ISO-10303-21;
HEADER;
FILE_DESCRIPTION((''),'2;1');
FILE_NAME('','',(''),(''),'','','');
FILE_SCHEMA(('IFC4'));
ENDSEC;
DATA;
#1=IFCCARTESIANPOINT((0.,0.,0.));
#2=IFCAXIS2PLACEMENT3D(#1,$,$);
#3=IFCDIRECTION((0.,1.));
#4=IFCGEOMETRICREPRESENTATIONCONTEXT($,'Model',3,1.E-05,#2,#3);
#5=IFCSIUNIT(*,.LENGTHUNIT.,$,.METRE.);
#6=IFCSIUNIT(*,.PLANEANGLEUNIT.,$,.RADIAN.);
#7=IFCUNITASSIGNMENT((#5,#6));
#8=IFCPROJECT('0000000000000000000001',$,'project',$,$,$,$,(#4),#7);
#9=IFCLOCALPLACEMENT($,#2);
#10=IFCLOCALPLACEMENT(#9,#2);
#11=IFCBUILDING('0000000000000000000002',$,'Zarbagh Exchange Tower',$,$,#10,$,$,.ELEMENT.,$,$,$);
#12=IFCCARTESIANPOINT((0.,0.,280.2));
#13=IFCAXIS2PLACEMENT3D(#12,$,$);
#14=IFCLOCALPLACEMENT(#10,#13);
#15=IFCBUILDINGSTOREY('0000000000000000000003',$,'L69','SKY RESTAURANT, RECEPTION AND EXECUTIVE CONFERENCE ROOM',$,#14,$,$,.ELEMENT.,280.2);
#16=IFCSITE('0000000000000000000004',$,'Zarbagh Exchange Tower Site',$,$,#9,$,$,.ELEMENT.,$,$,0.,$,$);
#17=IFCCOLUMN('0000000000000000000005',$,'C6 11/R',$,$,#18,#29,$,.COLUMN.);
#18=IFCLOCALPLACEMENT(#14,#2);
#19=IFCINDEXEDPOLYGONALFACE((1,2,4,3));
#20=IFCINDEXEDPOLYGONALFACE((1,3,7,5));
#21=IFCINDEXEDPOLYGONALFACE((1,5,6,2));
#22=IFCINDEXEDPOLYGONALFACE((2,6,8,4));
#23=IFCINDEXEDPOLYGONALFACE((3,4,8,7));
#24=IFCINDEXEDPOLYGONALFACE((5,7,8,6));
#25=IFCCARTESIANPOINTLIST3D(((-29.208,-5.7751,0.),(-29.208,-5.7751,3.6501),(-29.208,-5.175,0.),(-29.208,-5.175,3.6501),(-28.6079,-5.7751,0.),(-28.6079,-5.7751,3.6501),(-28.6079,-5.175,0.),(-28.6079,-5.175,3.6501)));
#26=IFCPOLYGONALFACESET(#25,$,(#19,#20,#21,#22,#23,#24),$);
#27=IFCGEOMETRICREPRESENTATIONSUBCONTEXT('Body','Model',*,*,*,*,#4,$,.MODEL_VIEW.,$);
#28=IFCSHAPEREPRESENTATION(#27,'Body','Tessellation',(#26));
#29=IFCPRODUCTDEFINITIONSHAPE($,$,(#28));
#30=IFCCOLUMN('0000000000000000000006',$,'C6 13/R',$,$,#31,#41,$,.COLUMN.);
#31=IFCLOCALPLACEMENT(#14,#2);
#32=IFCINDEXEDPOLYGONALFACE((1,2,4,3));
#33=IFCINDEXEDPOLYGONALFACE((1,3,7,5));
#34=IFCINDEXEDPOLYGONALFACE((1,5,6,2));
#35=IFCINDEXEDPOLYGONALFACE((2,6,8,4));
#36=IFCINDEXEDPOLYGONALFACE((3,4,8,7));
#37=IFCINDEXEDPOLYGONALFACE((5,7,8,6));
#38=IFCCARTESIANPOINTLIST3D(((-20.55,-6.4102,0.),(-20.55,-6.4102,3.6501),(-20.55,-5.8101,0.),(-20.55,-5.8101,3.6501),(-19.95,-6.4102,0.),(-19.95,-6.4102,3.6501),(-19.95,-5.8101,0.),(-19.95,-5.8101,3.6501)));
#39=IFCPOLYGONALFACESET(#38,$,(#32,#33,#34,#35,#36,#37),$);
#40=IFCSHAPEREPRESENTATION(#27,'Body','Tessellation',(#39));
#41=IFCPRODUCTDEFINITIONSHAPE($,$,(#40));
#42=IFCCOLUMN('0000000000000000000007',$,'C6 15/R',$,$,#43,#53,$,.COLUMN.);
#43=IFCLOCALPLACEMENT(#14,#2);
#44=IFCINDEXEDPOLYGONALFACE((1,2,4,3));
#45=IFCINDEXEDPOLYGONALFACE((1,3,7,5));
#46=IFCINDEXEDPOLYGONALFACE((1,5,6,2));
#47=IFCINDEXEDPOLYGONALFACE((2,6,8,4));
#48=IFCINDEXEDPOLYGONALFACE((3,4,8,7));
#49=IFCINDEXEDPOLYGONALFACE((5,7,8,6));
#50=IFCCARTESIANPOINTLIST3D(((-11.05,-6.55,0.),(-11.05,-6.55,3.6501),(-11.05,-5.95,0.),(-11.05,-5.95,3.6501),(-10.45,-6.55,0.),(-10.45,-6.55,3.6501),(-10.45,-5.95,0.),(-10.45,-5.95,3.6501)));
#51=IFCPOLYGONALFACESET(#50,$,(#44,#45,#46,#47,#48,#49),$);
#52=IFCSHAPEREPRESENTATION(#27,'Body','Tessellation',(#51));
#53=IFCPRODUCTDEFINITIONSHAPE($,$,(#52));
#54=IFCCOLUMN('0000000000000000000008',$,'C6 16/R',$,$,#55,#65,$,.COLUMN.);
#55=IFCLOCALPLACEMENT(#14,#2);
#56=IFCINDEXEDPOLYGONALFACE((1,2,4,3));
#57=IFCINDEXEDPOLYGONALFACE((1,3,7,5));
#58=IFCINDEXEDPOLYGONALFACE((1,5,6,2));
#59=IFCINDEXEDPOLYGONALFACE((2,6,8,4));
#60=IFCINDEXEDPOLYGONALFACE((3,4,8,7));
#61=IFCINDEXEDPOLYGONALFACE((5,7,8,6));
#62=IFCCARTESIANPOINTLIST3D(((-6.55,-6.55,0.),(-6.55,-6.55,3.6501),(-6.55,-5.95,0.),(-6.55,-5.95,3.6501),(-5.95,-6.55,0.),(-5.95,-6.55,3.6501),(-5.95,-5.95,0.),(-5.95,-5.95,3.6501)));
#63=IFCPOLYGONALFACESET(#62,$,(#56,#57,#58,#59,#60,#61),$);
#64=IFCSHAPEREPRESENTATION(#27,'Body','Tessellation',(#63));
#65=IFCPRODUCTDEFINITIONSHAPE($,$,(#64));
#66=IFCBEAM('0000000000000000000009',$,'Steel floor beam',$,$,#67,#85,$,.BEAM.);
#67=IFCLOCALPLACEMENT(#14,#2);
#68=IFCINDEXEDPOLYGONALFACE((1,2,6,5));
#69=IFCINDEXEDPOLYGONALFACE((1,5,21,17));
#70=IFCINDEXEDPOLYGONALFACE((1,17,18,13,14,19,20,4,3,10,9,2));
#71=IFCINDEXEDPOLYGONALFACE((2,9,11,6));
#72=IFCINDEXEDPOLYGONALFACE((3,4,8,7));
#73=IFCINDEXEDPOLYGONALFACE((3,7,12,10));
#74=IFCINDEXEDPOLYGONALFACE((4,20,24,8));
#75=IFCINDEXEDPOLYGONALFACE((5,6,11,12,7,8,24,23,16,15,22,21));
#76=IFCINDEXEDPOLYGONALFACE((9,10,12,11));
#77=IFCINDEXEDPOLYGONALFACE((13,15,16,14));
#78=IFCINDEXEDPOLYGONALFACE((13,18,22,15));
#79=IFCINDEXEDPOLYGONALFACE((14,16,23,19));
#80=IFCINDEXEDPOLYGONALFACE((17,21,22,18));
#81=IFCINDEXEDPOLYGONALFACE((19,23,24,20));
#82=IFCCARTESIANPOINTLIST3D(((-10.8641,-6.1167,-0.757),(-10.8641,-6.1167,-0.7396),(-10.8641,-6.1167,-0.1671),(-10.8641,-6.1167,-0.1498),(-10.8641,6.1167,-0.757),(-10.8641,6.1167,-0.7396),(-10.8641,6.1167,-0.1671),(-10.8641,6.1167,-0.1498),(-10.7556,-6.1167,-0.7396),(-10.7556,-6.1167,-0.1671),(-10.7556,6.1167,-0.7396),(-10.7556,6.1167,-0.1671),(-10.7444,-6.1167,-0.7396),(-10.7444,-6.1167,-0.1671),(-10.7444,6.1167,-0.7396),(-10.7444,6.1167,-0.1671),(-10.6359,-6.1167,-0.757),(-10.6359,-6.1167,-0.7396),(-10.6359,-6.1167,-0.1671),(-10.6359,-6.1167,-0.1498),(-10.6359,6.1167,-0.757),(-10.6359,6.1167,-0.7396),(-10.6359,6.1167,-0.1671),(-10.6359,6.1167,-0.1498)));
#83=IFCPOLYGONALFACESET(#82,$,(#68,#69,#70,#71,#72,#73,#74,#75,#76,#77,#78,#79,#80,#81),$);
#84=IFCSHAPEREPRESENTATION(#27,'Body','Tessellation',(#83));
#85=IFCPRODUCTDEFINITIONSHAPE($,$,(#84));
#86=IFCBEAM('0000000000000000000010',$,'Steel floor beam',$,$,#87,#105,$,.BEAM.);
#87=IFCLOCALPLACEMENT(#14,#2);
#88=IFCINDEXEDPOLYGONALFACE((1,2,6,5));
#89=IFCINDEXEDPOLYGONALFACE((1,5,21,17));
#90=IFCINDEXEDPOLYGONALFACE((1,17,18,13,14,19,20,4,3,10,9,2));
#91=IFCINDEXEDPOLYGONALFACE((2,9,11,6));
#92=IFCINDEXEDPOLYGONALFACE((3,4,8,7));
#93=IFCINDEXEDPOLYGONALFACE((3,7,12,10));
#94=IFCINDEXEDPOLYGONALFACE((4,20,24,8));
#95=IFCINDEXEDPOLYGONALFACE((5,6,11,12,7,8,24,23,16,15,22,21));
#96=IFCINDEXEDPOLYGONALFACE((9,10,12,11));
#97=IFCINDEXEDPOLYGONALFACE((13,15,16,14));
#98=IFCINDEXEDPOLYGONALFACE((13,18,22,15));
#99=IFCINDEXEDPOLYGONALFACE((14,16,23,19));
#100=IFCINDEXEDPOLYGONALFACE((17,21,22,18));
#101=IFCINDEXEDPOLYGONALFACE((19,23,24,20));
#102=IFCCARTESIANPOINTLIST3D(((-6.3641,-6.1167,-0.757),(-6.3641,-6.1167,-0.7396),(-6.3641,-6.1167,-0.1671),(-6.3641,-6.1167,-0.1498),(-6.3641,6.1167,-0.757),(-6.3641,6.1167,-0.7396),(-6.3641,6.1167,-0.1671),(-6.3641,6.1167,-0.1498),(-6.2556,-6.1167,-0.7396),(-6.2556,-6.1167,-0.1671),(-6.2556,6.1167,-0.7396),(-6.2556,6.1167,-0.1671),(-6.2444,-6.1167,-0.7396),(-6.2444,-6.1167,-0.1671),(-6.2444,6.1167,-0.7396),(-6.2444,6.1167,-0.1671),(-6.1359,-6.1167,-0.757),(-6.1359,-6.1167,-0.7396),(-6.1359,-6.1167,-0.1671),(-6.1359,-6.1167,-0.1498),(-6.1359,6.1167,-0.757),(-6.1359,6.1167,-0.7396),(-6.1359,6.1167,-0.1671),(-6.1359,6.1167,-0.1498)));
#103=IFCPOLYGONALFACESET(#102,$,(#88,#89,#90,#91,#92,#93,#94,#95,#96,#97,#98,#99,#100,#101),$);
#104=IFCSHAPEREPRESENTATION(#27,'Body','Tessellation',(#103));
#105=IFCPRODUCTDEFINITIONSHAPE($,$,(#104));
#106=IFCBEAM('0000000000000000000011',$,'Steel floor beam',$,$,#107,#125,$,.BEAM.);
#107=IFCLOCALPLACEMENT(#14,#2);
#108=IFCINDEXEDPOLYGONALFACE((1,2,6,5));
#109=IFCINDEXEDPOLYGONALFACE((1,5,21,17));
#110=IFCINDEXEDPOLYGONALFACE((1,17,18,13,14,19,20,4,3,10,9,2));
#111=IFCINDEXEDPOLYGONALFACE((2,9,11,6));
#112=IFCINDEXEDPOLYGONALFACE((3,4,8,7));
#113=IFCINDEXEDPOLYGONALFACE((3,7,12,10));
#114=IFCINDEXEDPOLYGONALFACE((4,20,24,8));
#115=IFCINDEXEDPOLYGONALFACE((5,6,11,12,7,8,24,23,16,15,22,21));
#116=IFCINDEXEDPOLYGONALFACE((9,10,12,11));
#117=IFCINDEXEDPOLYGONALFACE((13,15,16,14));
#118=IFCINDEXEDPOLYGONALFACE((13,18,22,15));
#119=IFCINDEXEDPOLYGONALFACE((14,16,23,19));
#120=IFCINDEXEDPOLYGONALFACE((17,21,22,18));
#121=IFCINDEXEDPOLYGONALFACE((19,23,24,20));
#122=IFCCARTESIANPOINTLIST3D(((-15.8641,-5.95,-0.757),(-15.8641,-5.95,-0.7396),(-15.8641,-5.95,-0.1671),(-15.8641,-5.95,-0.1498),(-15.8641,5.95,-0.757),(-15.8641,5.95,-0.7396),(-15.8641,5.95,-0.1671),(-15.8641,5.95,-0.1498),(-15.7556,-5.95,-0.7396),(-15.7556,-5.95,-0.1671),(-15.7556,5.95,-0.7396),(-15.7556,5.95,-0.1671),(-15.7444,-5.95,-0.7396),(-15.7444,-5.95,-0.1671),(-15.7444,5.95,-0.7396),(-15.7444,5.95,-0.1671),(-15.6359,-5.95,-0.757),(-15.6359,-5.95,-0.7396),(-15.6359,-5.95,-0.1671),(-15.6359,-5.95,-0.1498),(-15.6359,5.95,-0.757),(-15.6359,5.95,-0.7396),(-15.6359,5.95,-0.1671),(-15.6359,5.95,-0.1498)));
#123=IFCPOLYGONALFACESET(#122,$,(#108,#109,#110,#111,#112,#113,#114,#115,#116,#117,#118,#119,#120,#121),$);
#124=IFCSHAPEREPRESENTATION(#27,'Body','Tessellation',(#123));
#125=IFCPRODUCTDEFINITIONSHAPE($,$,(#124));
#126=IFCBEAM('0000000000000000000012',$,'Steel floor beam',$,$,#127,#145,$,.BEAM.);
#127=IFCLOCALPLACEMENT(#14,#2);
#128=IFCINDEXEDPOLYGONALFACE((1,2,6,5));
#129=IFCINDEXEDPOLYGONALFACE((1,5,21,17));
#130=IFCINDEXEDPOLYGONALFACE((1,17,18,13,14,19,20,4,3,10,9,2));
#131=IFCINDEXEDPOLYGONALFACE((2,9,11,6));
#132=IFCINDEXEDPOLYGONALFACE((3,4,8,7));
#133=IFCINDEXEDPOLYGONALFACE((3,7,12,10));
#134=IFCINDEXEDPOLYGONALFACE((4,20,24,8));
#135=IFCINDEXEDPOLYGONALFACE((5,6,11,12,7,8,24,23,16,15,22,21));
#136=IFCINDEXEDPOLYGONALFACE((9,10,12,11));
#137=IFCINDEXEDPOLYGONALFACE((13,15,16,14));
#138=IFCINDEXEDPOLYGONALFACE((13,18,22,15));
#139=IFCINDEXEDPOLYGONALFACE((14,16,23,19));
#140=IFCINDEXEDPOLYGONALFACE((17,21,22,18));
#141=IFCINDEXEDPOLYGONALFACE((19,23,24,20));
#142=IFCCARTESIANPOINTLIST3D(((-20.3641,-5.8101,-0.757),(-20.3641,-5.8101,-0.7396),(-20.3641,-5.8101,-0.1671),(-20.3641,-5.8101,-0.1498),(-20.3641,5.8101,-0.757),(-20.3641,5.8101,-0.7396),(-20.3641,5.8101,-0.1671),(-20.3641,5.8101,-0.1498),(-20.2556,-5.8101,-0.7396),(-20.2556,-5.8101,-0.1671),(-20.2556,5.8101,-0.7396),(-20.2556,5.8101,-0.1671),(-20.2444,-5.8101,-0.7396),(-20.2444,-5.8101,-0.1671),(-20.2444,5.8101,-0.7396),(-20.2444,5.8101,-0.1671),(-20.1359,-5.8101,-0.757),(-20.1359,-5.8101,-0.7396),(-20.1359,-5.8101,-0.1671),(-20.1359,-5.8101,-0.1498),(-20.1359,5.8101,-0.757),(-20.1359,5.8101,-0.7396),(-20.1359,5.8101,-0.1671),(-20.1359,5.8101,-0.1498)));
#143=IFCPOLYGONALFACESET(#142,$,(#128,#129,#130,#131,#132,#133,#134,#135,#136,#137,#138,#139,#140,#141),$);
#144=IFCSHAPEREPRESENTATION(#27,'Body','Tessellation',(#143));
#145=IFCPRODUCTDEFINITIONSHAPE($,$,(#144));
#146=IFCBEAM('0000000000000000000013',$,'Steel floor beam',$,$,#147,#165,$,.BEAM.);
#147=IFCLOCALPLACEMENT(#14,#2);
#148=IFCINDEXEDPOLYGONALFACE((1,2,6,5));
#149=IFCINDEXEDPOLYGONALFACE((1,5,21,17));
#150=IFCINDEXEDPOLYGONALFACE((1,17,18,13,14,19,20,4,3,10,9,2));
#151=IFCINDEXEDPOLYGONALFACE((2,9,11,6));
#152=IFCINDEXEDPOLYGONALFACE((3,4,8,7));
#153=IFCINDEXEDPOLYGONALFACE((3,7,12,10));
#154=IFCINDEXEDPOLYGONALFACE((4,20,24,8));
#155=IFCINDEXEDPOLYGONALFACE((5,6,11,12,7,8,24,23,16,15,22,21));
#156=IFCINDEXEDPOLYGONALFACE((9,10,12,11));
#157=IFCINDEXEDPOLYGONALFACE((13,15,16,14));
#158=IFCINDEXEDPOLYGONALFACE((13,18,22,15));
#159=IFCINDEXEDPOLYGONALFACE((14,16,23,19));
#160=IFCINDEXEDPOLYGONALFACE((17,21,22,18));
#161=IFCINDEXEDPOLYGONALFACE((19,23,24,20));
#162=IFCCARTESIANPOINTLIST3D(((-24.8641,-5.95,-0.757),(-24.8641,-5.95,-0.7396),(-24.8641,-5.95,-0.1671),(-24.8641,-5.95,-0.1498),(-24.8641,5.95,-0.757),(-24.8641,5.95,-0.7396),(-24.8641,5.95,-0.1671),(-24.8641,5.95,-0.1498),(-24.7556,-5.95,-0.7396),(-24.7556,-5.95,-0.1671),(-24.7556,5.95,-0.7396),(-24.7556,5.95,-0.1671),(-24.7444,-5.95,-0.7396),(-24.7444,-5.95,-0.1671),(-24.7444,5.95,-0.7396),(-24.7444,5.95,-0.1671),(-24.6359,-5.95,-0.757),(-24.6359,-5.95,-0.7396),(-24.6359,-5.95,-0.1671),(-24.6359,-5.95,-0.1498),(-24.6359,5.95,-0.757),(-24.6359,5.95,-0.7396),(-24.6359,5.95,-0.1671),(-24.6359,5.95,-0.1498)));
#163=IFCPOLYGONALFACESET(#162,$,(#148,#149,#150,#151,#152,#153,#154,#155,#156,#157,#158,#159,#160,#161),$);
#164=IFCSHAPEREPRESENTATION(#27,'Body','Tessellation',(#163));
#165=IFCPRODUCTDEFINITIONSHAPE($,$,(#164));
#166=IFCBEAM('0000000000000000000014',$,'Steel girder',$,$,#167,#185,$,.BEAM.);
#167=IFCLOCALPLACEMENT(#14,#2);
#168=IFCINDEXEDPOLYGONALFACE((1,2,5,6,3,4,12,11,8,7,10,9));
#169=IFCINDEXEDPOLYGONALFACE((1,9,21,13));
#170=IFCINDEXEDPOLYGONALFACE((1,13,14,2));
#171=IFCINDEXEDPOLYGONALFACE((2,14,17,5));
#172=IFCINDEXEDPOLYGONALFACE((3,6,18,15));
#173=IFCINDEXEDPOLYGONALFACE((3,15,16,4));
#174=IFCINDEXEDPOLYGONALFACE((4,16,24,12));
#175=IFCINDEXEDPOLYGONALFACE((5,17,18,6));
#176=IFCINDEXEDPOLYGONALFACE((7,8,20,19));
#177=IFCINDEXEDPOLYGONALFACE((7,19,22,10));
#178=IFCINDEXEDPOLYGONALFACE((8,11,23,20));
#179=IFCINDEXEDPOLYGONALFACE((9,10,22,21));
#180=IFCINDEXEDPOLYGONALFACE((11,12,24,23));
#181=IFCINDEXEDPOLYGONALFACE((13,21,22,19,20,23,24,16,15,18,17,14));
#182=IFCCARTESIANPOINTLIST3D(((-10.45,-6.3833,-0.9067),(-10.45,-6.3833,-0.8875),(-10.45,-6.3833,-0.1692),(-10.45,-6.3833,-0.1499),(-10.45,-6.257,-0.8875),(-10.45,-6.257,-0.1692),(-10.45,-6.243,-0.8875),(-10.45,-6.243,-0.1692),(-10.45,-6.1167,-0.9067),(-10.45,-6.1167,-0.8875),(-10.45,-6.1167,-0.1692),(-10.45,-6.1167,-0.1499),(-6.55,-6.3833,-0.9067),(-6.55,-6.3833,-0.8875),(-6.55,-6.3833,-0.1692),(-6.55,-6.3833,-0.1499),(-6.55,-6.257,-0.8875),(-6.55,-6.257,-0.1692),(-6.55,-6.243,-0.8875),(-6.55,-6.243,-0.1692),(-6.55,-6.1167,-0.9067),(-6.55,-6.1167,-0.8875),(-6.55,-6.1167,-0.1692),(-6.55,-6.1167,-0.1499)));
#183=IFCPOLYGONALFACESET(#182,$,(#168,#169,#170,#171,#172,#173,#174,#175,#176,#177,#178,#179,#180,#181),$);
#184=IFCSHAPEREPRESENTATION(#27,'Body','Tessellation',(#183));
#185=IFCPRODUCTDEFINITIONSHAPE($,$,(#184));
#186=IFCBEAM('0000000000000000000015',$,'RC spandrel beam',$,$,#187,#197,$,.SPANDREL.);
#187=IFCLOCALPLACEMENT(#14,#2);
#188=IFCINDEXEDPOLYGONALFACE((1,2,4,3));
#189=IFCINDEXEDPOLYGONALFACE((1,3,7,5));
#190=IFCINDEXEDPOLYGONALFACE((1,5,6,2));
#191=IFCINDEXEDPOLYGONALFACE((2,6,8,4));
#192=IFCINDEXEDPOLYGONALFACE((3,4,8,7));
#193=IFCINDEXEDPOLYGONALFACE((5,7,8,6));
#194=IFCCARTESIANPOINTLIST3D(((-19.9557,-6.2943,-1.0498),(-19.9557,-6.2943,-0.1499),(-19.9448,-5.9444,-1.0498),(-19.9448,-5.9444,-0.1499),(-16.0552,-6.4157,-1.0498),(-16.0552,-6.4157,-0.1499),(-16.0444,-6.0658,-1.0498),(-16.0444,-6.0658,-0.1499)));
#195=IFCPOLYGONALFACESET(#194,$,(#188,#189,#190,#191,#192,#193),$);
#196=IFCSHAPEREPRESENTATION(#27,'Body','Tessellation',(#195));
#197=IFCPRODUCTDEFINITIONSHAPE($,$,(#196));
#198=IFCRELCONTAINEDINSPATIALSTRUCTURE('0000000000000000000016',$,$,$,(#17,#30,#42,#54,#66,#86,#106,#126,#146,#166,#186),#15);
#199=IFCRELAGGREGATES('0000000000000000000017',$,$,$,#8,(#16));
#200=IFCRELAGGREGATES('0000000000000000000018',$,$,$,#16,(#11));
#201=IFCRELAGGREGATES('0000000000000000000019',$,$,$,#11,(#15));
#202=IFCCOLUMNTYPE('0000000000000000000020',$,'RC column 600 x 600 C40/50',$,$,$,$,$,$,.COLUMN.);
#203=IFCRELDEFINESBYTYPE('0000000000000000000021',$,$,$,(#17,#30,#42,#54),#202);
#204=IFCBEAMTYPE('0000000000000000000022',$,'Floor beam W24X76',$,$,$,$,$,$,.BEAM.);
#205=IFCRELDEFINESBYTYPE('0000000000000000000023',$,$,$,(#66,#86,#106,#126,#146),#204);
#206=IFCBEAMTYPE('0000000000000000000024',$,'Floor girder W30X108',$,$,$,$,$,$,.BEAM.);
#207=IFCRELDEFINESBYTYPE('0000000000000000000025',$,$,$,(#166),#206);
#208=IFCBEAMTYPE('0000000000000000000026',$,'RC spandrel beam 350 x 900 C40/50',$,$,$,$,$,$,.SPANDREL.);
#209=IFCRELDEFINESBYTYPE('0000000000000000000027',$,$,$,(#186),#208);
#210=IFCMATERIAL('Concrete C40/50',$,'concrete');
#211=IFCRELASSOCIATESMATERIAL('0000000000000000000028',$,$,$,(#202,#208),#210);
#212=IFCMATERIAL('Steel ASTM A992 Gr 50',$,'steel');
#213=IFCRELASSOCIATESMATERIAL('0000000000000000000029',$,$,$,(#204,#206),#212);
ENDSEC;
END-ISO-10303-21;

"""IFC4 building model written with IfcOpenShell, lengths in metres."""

from ifc_helpers import new_model, si_unit, direction, frame, origin, origin_2d, place, context, subcontext, project, spatial, rectangle, i_section, extrude, material, material_profile, profile_set, type_object, element, save


model = new_model("IFC4")

# Units and contexts
model_context = context("Model", 3, precision=1e-05, world=origin(), true_north=direction((0.0, 1.0)))
body_context = subcontext(model_context, "Body", "Model", "MODEL_VIEW")
ifc_project = project(units=[si_unit("LENGTHUNIT", "METRE"), si_unit("PLANEANGLEUNIT", "RADIAN")], contexts=[model_context])

# Site, building, storey
site_placement = place(None, origin())
site = spatial("IfcSite", under=ifc_project, at=site_placement, Name="Zarbagh Exchange Tower Site", CompositionType="ELEMENT", RefElevation=0.0)
building_placement = place(site_placement, origin())
building = spatial("IfcBuilding", under=site, at=building_placement, Name="Zarbagh Exchange Tower", CompositionType="ELEMENT")
storey_placement = place(building_placement, frame((0.0, 0.0, 280.2)))
storey = spatial("IfcBuildingStorey", under=building, at=storey_placement, Name="L69", Description="SKY RESTAURANT, RECEPTION AND EXECUTIVE CONFERENCE ROOM", CompositionType="ELEMENT", Elevation=280.2)

# Columns
ifc_material_1 = material(Name="Concrete C40/50", Category="concrete")
ifc_material_profile_1 = material_profile(ifc_material_1, rectangle(XDim=0.6001, YDim=0.6001, at=origin_2d()), Name="RC column 600 x 600 C40/50")
ifc_profile_set_1 = profile_set([ifc_material_profile_1], Name="Concrete C40/50")
column_type = type_object("IfcColumnType", Name="RC column 600 x 600 C40/50", PredefinedType="COLUMN", material=ifc_profile_set_1)
for number, where, z_axis, x_axis, name in (
    (1, (-28.908, -5.4751, 0.0), (0.0, 0.0, 1.0), (1.0, 0.0, 0.0), "C6 11/R"),
    (2, (-20.25, -6.1101, 0.0), (0.0, 0.0, 1.0), (1.0, 0.0, 0.0), "C6 13/R"),
    (3, (-10.75, -6.25, 0.0), (0.0, 0.0, 1.0), (1.0, 0.0, 0.0), "C6 15/R"),
    (4, (-6.25, -6.25, 0.0), (0.0, 0.0, 1.0), (1.0, 0.0, 0.0), "C6 16/R"),
):
    element("IfcColumn", number, at=place(storey_placement, frame(where, z_axis=z_axis, x_axis=x_axis)), inside=storey, type_object=column_type, Name=name, PredefinedType="COLUMN", context=body_context, shape_type="SweptSolid", body=[
        extrude(rectangle(XDim=0.6001, YDim=0.6001, at=origin_2d()), origin(), (0.0, 0.0, 1.0), 3.6501),
    ])

# Beams
ifc_material_2 = material(Name="Steel ASTM A992 Gr 50", Category="steel")
ifc_material_profile_2 = material_profile(ifc_material_2, i_section(OverallWidth=0.2283, OverallDepth=0.6072, WebThickness=0.0112, FlangeThickness=0.0173, at=origin_2d()), Name="W24X76")
ifc_profile_set_2 = profile_set([ifc_material_profile_2], Name="Steel ASTM A992 Gr 50")
beam_type_1 = type_object("IfcBeamType", Name="Floor beam W24X76", PredefinedType="BEAM", material=ifc_profile_set_2)
for number, where, z_axis, x_axis, name in (
    (5, (-10.75, -6.1167, -0.4534), (0.0, 1.0, 0.0), (-1.0, 0.0, 0.0), "Steel floor beam"),
    (6, (-6.25, -6.1167, -0.4534), (0.0, 1.0, 0.0), (-1.0, 0.0, 0.0), "Steel floor beam"),
):
    element("IfcBeam", number, at=place(storey_placement, frame(where, z_axis=z_axis, x_axis=x_axis)), inside=storey, type_object=beam_type_1, Name=name, PredefinedType="BEAM", context=body_context, shape_type="SweptSolid", body=[
        extrude(i_section(OverallWidth=0.2283, OverallDepth=0.6072, WebThickness=0.0112, FlangeThickness=0.0173, at=origin_2d()), origin(), (0.0, 0.0, 1.0), 12.2334),
    ])
beam_1_placement = place(storey_placement, frame((-15.75, -5.95, -0.4534), z_axis=(0.0, 1.0, 0.0), x_axis=(-1.0, 0.0, 0.0)))
element("IfcBeam", 7, at=beam_1_placement, inside=storey, type_object=beam_type_1, Name="Steel floor beam", PredefinedType="BEAM", context=body_context, shape_type="SweptSolid", body=[
    extrude(i_section(OverallWidth=0.2283, OverallDepth=0.6072, WebThickness=0.0112, FlangeThickness=0.0173, at=origin_2d()), origin(), (0.0, 0.0, 1.0), 11.8999),
])
beam_2_placement = place(storey_placement, frame((-20.25, -5.8101, -0.4534), z_axis=(0.0, 1.0, 0.0), x_axis=(-1.0, 0.0, 0.0)))
element("IfcBeam", 8, at=beam_2_placement, inside=storey, type_object=beam_type_1, Name="Steel floor beam", PredefinedType="BEAM", context=body_context, shape_type="SweptSolid", body=[
    extrude(i_section(OverallWidth=0.2283, OverallDepth=0.6072, WebThickness=0.0112, FlangeThickness=0.0173, at=origin_2d()), origin(), (0.0, 0.0, 1.0), 11.6201),
])
beam_3_placement = place(storey_placement, frame((-24.75, -5.95, -0.4534), z_axis=(0.0, 1.0, 0.0), x_axis=(-1.0, 0.0, 0.0)))
element("IfcBeam", 9, at=beam_3_placement, inside=storey, type_object=beam_type_1, Name="Steel floor beam", PredefinedType="BEAM", context=body_context, shape_type="SweptSolid", body=[
    extrude(i_section(OverallWidth=0.2283, OverallDepth=0.6072, WebThickness=0.0112, FlangeThickness=0.0173, at=origin_2d()), origin(), (0.0, 0.0, 1.0), 11.8999),
])
ifc_material_profile_3 = material_profile(ifc_material_2, i_section(OverallWidth=0.2666, OverallDepth=0.7568, WebThickness=0.0139, FlangeThickness=0.0193, at=origin_2d()), Name="W30X108")
ifc_profile_set_3 = profile_set([ifc_material_profile_3], Name="Steel ASTM A992 Gr 50")
beam_type_2 = type_object("IfcBeamType", Name="Floor girder W30X108", PredefinedType="BEAM", material=ifc_profile_set_3)
beam_4_placement = place(storey_placement, frame((-10.45, -6.25, -0.5283), z_axis=(1.0, 0.0, 0.0), x_axis=(0.0, 1.0, 0.0)))
element("IfcBeam", 10, at=beam_4_placement, inside=storey, type_object=beam_type_2, Name="Steel girder", PredefinedType="BEAM", context=body_context, shape_type="SweptSolid", body=[
    extrude(i_section(OverallWidth=0.2666, OverallDepth=0.7568, WebThickness=0.0139, FlangeThickness=0.0193, at=origin_2d()), origin(), (0.0, 0.0, 1.0), 3.8999),
])
ifc_material_profile_4 = material_profile(ifc_material_1, rectangle(XDim=0.3501, YDim=0.8999, at=origin_2d()), Name="RC spandrel beam 350 x 900 C40/50")
ifc_profile_set_4 = profile_set([ifc_material_profile_4], Name="Concrete C40/50")
beam_type_3 = type_object("IfcBeamType", Name="RC spandrel beam 350 x 900 C40/50", PredefinedType="SPANDREL", material=ifc_profile_set_4)
for number, where, z_axis, x_axis, name in (
    (11, (-16.0498, -6.2407, -0.5999), (-0.999516, 0.031094, 0.0), (-0.031094, -0.999516, 0.0), "RC spandrel beam"),
):
    element("IfcBeam", number, at=place(storey_placement, frame(where, z_axis=z_axis, x_axis=x_axis)), inside=storey, type_object=beam_type_3, Name=name, PredefinedType="SPANDREL", context=body_context, shape_type="SweptSolid", body=[
        extrude(rectangle(XDim=0.3501, YDim=0.8999, at=origin_2d()), origin(), (0.0, 0.0, 1.0), 3.9023),
    ])

save(model, "model.ifc")
